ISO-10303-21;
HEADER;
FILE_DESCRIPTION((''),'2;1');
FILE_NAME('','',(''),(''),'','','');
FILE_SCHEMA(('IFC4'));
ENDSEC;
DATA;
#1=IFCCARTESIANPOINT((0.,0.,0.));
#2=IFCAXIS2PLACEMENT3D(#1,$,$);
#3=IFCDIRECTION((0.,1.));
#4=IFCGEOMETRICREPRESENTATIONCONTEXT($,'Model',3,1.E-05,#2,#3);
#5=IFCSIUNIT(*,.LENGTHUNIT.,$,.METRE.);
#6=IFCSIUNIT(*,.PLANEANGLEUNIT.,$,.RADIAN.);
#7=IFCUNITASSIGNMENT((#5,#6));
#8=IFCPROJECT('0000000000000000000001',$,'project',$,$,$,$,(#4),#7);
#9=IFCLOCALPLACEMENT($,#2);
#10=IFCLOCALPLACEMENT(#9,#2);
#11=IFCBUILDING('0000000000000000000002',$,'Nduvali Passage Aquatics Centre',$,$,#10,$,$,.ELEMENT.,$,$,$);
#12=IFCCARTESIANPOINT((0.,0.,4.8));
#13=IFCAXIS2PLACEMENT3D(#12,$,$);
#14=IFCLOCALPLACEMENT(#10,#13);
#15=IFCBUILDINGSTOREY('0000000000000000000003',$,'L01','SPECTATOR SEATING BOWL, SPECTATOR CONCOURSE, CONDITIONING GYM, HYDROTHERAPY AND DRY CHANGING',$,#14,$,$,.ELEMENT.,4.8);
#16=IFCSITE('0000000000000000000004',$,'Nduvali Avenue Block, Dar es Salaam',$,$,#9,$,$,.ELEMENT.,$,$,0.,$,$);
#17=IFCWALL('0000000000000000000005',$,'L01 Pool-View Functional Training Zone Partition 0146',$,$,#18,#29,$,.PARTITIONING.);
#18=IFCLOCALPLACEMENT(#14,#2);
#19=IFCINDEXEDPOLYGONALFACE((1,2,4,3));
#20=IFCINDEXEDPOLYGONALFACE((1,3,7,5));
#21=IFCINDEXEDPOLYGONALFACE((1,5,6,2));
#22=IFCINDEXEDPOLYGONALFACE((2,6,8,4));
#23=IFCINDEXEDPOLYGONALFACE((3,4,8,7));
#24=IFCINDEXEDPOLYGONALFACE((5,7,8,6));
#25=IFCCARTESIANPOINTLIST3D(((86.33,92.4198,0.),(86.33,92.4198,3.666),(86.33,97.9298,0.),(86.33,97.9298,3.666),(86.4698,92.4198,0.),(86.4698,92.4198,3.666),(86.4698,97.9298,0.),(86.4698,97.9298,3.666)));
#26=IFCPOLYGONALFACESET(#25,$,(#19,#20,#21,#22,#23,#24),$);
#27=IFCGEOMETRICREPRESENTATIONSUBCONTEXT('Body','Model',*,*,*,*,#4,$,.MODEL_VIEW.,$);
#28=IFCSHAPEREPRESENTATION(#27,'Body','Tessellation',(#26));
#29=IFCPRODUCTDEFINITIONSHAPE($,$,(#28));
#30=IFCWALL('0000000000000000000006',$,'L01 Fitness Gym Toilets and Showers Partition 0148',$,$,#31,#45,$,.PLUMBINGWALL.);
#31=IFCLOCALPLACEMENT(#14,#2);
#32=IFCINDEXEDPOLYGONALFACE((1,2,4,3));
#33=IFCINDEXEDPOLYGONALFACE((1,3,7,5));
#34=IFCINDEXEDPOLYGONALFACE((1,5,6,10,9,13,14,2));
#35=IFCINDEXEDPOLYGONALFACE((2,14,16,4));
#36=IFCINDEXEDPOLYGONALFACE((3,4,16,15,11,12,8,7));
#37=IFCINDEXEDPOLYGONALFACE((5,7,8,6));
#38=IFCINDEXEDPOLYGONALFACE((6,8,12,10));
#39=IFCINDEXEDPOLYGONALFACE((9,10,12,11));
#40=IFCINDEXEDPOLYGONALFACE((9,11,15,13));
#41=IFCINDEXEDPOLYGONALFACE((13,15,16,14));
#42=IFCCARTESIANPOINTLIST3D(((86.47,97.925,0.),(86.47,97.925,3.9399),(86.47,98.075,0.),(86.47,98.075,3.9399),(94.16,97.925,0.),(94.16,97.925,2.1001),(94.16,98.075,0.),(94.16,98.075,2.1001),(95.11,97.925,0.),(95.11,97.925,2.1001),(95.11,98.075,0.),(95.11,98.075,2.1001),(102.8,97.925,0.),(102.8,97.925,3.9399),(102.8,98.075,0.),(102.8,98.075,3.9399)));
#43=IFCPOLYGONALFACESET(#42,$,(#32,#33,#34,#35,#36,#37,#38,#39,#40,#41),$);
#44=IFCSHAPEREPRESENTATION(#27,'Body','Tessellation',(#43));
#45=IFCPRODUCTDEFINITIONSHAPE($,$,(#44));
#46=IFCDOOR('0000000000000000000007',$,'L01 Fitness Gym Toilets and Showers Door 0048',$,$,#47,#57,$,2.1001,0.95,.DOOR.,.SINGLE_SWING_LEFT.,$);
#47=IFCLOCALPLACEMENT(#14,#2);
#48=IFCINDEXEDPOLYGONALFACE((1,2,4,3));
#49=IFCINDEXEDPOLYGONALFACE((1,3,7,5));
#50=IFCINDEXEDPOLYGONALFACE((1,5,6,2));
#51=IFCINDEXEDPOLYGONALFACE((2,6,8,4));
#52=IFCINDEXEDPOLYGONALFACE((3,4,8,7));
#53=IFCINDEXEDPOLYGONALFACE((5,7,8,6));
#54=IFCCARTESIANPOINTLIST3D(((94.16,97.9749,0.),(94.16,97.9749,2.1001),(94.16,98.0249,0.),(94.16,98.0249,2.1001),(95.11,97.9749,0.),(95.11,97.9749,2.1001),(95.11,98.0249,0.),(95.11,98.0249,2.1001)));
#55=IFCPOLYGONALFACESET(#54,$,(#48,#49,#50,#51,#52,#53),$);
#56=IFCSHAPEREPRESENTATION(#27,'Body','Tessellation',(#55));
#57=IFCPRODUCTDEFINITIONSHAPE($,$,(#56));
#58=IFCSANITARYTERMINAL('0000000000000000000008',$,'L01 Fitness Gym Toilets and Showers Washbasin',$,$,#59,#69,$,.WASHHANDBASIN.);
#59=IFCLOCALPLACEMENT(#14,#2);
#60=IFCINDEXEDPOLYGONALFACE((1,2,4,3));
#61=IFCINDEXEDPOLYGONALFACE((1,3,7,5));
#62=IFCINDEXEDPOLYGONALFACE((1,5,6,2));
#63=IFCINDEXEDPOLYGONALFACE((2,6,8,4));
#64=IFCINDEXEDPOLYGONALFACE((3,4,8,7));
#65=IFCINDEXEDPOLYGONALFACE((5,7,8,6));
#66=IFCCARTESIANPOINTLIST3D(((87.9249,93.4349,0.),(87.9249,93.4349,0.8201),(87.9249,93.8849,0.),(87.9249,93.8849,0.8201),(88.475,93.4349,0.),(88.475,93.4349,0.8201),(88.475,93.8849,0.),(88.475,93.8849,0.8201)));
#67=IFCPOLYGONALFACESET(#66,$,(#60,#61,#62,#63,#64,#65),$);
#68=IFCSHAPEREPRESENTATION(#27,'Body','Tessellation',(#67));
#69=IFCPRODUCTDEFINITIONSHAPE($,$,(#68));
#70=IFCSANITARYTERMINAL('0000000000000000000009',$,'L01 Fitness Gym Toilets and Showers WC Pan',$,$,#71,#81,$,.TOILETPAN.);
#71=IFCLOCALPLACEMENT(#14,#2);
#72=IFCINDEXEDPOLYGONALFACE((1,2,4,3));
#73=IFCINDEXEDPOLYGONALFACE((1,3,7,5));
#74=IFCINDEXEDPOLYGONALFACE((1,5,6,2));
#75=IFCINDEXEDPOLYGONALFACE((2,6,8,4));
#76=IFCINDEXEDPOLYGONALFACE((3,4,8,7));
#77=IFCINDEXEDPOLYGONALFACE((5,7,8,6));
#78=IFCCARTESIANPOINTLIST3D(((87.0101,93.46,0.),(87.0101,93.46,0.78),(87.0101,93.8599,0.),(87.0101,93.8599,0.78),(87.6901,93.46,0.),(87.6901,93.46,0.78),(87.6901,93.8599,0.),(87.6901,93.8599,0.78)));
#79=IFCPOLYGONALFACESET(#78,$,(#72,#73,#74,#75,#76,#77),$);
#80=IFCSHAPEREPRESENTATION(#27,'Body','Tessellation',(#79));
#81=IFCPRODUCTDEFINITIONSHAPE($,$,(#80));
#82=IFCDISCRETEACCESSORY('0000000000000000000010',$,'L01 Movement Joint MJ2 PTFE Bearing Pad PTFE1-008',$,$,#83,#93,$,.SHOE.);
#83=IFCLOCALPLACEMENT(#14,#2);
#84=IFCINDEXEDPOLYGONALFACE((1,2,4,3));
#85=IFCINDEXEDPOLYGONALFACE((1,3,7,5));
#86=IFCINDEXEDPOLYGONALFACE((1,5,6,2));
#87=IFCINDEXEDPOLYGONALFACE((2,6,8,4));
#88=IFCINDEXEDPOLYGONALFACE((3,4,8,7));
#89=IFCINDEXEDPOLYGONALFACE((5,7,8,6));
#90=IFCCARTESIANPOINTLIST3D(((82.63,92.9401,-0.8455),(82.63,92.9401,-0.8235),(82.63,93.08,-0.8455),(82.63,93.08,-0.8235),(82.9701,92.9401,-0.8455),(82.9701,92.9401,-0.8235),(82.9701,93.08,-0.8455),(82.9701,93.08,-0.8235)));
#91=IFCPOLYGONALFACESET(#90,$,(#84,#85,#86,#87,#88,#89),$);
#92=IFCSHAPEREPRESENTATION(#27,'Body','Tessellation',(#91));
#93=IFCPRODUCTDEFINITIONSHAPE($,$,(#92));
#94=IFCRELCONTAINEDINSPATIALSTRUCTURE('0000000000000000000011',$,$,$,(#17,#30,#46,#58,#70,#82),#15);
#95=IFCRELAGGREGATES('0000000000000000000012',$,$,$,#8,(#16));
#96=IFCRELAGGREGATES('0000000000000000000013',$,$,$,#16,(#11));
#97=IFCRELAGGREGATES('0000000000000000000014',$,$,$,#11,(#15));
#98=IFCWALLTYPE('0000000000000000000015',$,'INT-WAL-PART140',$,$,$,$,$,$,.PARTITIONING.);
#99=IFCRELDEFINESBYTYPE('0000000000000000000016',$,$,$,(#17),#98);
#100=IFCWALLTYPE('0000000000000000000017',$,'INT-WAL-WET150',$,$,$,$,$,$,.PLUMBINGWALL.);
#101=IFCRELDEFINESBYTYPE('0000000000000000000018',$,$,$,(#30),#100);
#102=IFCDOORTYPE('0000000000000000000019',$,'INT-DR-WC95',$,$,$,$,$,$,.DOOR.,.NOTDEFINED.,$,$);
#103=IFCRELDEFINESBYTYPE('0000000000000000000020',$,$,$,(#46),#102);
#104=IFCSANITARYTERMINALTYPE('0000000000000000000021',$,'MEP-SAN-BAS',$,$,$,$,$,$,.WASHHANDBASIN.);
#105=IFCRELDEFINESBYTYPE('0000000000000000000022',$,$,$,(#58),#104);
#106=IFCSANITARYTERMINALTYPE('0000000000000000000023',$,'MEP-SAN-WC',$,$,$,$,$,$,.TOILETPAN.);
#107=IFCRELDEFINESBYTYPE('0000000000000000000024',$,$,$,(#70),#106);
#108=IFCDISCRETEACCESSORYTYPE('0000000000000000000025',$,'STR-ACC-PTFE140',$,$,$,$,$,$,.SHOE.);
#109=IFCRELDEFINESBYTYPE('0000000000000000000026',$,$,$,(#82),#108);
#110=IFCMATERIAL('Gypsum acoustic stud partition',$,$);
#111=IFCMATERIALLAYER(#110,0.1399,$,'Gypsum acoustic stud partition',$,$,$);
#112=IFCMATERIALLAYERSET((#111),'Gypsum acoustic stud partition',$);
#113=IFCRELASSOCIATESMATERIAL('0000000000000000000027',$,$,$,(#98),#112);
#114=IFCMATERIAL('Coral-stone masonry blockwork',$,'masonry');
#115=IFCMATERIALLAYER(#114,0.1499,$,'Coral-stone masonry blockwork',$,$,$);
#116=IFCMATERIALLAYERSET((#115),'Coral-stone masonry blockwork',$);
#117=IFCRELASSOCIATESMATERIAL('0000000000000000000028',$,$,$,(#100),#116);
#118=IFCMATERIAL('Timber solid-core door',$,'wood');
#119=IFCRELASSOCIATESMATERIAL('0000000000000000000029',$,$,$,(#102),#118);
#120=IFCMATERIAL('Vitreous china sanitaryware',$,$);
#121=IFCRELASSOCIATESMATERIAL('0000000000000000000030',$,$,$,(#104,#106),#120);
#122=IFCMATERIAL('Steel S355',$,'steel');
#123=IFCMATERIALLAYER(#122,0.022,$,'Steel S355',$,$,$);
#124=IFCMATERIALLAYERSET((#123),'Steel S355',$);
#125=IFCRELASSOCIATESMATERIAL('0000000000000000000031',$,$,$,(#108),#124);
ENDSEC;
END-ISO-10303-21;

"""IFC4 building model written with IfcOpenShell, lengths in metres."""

from ifc_helpers import new_model, si_unit, direction, frame, frame_2d, origin, origin_2d, place, context, subcontext, project, spatial, rectangle, extrude, material, layer, layer_set, type_object, element, fill, save


model = new_model("IFC4")

# Units and contexts
model_context = context("Model", 3, precision=1e-05, world=origin(), true_north=direction((0.0, 1.0)))
body_context = subcontext(model_context, "Body", "Model", "MODEL_VIEW")
ifc_project = project(units=[si_unit("LENGTHUNIT", "METRE"), si_unit("PLANEANGLEUNIT", "RADIAN")], contexts=[model_context])

# Site, building, storey
site_placement = place(None, origin())
site = spatial("IfcSite", under=ifc_project, at=site_placement, Name="Nduvali Avenue Block, Dar es Salaam", CompositionType="ELEMENT", RefElevation=0.0)
building_placement = place(site_placement, origin())
building = spatial("IfcBuilding", under=site, at=building_placement, Name="Nduvali Passage Aquatics Centre", CompositionType="ELEMENT")
storey_placement = place(building_placement, frame((0.0, 0.0, 4.8)))
storey = spatial("IfcBuildingStorey", under=building, at=storey_placement, Name="L01", Description="SPECTATOR SEATING BOWL, SPECTATOR CONCOURSE, CONDITIONING GYM, HYDROTHERAPY AND DRY CHANGING", CompositionType="ELEMENT", Elevation=4.8)

# Shared definitions
ifc_material_1 = material(Name="Steel S355", Category="steel")

# Wall
ifc_material_2 = material(Name="Gypsum acoustic stud partition")
ifc_layer_1 = layer(ifc_material_2, 0.1399, Name="Gypsum acoustic stud partition")
ifc_layer_set_1 = layer_set([ifc_layer_1], Name="Gypsum acoustic stud partition")
wall_type_1 = type_object("IfcWallType", Name="INT-WAL-PART140", PredefinedType="PARTITIONING", material=ifc_layer_set_1)
wall_1_placement = place(storey_placement, frame((86.3999, 92.4199, 0.0), z_axis=(0.0, 0.0, 1.0), x_axis=(0.0, 1.0, 0.0)))
element("IfcWall", 1, at=wall_1_placement, inside=storey, type_object=wall_type_1, Name="L01 Pool-View Functional Training Zone Partition 0146", PredefinedType="PARTITIONING", context=body_context, shape_type="SweptSolid", body=[
    extrude(rectangle(XDim=5.51, YDim=0.1399, at=frame_2d((2.7549, 0.0))), origin(), (0.0, 0.0, 1.0), 3.666),
])

# Wall, opening, door
ifc_material_3 = material(Name="Coral-stone masonry blockwork", Category="masonry")
ifc_layer_2 = layer(ifc_material_3, 0.1499, Name="Coral-stone masonry blockwork")
ifc_layer_set_2 = layer_set([ifc_layer_2], Name="Coral-stone masonry blockwork")
wall_type_2 = type_object("IfcWallType", Name="INT-WAL-WET150", PredefinedType="PLUMBINGWALL", material=ifc_layer_set_2)
wall_2_placement = place(storey_placement, frame((86.47, 98.0, 0.0), z_axis=(0.0, 0.0, 1.0), x_axis=(1.0, 0.0, 0.0)))
wall_2 = element("IfcWall", 2, at=wall_2_placement, inside=storey, type_object=wall_type_2, Name="L01 Fitness Gym Toilets and Showers Partition 0148", PredefinedType="PLUMBINGWALL", context=body_context, shape_type="SweptSolid", body=[
    extrude(rectangle(XDim=16.3301, YDim=0.1499, at=frame_2d((8.165, 0.0))), origin(), (0.0, 0.0, 1.0), 3.9399),
])
opening_placement = place(wall_2_placement, frame((7.6899, 0.0, 0.0)))
opening = element("IfcOpeningElement", 3, at=opening_placement, cuts=wall_2, PredefinedType="OPENING", context=body_context, shape_type="SweptSolid", body=[
    extrude(rectangle(XDim=0.95, YDim=2.1001, at=frame_2d((0.4751, 1.05))), frame((0.0, 0.0898, 0.0), z_axis=(0.0, -1.0, 0.0), x_axis=(1.0, 0.0, 0.0)), (0.0, 0.0, 1.0), 0.1797),
])
ifc_material_4 = material(Name="Timber solid-core door", Category="wood")
door_type = type_object("IfcDoorType", Name="INT-DR-WC95", OperationType="NOTDEFINED", PredefinedType="DOOR", material=ifc_material_4)
door_placement = place(opening_placement, origin())
door = element("IfcDoor", 4, at=door_placement, inside=storey, type_object=door_type, Name="L01 Fitness Gym Toilets and Showers Door 0048", OperationType="SINGLE_SWING_LEFT", OverallHeight=2.1001, OverallWidth=0.95, PredefinedType="DOOR", context=body_context, shape_type="SweptSolid", body=[
    extrude(rectangle(XDim=0.95, YDim=2.1001, at=frame_2d((0.4751, 1.05))), frame((0.0, 0.0249, 0.0), z_axis=(0.0, -1.0, 0.0), x_axis=(1.0, 0.0, 0.0)), (0.0, 0.0, 1.0), 0.05),
])
fill(opening, door)

# Sanitary terminals
ifc_material_5 = material(Name="Vitreous china sanitaryware")
sanitary_terminal_type_1 = type_object("IfcSanitaryTerminalType", Name="MEP-SAN-BAS", PredefinedType="WASHHANDBASIN", material=ifc_material_5)
sanitary_terminal_1_placement = place(storey_placement, frame((88.2, 93.6599, 0.0), z_axis=(0.0, 0.0, 1.0), x_axis=(1.0, 0.0, 0.0)))
element("IfcSanitaryTerminal", 5, at=sanitary_terminal_1_placement, inside=storey, type_object=sanitary_terminal_type_1, Name="L01 Fitness Gym Toilets and Showers Washbasin", PredefinedType="WASHHANDBASIN", context=body_context, shape_type="SweptSolid", body=[
    extrude(rectangle(XDim=0.55, YDim=0.45, at=origin_2d()), origin(), (0.0, 0.0, 1.0), 0.8201),
])
sanitary_terminal_type_2 = type_object("IfcSanitaryTerminalType", Name="MEP-SAN-WC", PredefinedType="TOILETPAN", material=ifc_material_5)
sanitary_terminal_2_placement = place(storey_placement, frame((87.3501, 93.6599, 0.0), z_axis=(0.0, 0.0, 1.0), x_axis=(1.0, 0.0, 0.0)))
element("IfcSanitaryTerminal", 6, at=sanitary_terminal_2_placement, inside=storey, type_object=sanitary_terminal_type_2, Name="L01 Fitness Gym Toilets and Showers WC Pan", PredefinedType="TOILETPAN", context=body_context, shape_type="SweptSolid", body=[
    extrude(rectangle(XDim=0.6799, YDim=0.3999, at=origin_2d()), origin(), (0.0, 0.0, 1.0), 0.78),
])

# Discrete accessory
ifc_layer_3 = layer(ifc_material_1, 0.022, Name="Steel S355")
ifc_layer_set_3 = layer_set([ifc_layer_3], Name="Steel S355")
discrete_accessory_type = type_object("IfcDiscreteAccessoryType", Name="STR-ACC-PTFE140", PredefinedType="SHOE", material=ifc_layer_set_3)
discrete_accessory_placement = place(storey_placement, frame((82.8, 93.01, -0.8455), z_axis=(0.0, 0.0, 1.0), x_axis=(0.0, 1.0, 0.0)))
element("IfcDiscreteAccessory", 7, at=discrete_accessory_placement, inside=storey, type_object=discrete_accessory_type, Name="L01 Movement Joint MJ2 PTFE Bearing Pad PTFE1-008", PredefinedType="SHOE", context=body_context, shape_type="SweptSolid", body=[
    extrude(rectangle(XDim=0.1399, YDim=0.3401, at=origin_2d()), origin(), (0.0, 0.0, 1.0), 0.022),
])

save(model, "model.ifc")
